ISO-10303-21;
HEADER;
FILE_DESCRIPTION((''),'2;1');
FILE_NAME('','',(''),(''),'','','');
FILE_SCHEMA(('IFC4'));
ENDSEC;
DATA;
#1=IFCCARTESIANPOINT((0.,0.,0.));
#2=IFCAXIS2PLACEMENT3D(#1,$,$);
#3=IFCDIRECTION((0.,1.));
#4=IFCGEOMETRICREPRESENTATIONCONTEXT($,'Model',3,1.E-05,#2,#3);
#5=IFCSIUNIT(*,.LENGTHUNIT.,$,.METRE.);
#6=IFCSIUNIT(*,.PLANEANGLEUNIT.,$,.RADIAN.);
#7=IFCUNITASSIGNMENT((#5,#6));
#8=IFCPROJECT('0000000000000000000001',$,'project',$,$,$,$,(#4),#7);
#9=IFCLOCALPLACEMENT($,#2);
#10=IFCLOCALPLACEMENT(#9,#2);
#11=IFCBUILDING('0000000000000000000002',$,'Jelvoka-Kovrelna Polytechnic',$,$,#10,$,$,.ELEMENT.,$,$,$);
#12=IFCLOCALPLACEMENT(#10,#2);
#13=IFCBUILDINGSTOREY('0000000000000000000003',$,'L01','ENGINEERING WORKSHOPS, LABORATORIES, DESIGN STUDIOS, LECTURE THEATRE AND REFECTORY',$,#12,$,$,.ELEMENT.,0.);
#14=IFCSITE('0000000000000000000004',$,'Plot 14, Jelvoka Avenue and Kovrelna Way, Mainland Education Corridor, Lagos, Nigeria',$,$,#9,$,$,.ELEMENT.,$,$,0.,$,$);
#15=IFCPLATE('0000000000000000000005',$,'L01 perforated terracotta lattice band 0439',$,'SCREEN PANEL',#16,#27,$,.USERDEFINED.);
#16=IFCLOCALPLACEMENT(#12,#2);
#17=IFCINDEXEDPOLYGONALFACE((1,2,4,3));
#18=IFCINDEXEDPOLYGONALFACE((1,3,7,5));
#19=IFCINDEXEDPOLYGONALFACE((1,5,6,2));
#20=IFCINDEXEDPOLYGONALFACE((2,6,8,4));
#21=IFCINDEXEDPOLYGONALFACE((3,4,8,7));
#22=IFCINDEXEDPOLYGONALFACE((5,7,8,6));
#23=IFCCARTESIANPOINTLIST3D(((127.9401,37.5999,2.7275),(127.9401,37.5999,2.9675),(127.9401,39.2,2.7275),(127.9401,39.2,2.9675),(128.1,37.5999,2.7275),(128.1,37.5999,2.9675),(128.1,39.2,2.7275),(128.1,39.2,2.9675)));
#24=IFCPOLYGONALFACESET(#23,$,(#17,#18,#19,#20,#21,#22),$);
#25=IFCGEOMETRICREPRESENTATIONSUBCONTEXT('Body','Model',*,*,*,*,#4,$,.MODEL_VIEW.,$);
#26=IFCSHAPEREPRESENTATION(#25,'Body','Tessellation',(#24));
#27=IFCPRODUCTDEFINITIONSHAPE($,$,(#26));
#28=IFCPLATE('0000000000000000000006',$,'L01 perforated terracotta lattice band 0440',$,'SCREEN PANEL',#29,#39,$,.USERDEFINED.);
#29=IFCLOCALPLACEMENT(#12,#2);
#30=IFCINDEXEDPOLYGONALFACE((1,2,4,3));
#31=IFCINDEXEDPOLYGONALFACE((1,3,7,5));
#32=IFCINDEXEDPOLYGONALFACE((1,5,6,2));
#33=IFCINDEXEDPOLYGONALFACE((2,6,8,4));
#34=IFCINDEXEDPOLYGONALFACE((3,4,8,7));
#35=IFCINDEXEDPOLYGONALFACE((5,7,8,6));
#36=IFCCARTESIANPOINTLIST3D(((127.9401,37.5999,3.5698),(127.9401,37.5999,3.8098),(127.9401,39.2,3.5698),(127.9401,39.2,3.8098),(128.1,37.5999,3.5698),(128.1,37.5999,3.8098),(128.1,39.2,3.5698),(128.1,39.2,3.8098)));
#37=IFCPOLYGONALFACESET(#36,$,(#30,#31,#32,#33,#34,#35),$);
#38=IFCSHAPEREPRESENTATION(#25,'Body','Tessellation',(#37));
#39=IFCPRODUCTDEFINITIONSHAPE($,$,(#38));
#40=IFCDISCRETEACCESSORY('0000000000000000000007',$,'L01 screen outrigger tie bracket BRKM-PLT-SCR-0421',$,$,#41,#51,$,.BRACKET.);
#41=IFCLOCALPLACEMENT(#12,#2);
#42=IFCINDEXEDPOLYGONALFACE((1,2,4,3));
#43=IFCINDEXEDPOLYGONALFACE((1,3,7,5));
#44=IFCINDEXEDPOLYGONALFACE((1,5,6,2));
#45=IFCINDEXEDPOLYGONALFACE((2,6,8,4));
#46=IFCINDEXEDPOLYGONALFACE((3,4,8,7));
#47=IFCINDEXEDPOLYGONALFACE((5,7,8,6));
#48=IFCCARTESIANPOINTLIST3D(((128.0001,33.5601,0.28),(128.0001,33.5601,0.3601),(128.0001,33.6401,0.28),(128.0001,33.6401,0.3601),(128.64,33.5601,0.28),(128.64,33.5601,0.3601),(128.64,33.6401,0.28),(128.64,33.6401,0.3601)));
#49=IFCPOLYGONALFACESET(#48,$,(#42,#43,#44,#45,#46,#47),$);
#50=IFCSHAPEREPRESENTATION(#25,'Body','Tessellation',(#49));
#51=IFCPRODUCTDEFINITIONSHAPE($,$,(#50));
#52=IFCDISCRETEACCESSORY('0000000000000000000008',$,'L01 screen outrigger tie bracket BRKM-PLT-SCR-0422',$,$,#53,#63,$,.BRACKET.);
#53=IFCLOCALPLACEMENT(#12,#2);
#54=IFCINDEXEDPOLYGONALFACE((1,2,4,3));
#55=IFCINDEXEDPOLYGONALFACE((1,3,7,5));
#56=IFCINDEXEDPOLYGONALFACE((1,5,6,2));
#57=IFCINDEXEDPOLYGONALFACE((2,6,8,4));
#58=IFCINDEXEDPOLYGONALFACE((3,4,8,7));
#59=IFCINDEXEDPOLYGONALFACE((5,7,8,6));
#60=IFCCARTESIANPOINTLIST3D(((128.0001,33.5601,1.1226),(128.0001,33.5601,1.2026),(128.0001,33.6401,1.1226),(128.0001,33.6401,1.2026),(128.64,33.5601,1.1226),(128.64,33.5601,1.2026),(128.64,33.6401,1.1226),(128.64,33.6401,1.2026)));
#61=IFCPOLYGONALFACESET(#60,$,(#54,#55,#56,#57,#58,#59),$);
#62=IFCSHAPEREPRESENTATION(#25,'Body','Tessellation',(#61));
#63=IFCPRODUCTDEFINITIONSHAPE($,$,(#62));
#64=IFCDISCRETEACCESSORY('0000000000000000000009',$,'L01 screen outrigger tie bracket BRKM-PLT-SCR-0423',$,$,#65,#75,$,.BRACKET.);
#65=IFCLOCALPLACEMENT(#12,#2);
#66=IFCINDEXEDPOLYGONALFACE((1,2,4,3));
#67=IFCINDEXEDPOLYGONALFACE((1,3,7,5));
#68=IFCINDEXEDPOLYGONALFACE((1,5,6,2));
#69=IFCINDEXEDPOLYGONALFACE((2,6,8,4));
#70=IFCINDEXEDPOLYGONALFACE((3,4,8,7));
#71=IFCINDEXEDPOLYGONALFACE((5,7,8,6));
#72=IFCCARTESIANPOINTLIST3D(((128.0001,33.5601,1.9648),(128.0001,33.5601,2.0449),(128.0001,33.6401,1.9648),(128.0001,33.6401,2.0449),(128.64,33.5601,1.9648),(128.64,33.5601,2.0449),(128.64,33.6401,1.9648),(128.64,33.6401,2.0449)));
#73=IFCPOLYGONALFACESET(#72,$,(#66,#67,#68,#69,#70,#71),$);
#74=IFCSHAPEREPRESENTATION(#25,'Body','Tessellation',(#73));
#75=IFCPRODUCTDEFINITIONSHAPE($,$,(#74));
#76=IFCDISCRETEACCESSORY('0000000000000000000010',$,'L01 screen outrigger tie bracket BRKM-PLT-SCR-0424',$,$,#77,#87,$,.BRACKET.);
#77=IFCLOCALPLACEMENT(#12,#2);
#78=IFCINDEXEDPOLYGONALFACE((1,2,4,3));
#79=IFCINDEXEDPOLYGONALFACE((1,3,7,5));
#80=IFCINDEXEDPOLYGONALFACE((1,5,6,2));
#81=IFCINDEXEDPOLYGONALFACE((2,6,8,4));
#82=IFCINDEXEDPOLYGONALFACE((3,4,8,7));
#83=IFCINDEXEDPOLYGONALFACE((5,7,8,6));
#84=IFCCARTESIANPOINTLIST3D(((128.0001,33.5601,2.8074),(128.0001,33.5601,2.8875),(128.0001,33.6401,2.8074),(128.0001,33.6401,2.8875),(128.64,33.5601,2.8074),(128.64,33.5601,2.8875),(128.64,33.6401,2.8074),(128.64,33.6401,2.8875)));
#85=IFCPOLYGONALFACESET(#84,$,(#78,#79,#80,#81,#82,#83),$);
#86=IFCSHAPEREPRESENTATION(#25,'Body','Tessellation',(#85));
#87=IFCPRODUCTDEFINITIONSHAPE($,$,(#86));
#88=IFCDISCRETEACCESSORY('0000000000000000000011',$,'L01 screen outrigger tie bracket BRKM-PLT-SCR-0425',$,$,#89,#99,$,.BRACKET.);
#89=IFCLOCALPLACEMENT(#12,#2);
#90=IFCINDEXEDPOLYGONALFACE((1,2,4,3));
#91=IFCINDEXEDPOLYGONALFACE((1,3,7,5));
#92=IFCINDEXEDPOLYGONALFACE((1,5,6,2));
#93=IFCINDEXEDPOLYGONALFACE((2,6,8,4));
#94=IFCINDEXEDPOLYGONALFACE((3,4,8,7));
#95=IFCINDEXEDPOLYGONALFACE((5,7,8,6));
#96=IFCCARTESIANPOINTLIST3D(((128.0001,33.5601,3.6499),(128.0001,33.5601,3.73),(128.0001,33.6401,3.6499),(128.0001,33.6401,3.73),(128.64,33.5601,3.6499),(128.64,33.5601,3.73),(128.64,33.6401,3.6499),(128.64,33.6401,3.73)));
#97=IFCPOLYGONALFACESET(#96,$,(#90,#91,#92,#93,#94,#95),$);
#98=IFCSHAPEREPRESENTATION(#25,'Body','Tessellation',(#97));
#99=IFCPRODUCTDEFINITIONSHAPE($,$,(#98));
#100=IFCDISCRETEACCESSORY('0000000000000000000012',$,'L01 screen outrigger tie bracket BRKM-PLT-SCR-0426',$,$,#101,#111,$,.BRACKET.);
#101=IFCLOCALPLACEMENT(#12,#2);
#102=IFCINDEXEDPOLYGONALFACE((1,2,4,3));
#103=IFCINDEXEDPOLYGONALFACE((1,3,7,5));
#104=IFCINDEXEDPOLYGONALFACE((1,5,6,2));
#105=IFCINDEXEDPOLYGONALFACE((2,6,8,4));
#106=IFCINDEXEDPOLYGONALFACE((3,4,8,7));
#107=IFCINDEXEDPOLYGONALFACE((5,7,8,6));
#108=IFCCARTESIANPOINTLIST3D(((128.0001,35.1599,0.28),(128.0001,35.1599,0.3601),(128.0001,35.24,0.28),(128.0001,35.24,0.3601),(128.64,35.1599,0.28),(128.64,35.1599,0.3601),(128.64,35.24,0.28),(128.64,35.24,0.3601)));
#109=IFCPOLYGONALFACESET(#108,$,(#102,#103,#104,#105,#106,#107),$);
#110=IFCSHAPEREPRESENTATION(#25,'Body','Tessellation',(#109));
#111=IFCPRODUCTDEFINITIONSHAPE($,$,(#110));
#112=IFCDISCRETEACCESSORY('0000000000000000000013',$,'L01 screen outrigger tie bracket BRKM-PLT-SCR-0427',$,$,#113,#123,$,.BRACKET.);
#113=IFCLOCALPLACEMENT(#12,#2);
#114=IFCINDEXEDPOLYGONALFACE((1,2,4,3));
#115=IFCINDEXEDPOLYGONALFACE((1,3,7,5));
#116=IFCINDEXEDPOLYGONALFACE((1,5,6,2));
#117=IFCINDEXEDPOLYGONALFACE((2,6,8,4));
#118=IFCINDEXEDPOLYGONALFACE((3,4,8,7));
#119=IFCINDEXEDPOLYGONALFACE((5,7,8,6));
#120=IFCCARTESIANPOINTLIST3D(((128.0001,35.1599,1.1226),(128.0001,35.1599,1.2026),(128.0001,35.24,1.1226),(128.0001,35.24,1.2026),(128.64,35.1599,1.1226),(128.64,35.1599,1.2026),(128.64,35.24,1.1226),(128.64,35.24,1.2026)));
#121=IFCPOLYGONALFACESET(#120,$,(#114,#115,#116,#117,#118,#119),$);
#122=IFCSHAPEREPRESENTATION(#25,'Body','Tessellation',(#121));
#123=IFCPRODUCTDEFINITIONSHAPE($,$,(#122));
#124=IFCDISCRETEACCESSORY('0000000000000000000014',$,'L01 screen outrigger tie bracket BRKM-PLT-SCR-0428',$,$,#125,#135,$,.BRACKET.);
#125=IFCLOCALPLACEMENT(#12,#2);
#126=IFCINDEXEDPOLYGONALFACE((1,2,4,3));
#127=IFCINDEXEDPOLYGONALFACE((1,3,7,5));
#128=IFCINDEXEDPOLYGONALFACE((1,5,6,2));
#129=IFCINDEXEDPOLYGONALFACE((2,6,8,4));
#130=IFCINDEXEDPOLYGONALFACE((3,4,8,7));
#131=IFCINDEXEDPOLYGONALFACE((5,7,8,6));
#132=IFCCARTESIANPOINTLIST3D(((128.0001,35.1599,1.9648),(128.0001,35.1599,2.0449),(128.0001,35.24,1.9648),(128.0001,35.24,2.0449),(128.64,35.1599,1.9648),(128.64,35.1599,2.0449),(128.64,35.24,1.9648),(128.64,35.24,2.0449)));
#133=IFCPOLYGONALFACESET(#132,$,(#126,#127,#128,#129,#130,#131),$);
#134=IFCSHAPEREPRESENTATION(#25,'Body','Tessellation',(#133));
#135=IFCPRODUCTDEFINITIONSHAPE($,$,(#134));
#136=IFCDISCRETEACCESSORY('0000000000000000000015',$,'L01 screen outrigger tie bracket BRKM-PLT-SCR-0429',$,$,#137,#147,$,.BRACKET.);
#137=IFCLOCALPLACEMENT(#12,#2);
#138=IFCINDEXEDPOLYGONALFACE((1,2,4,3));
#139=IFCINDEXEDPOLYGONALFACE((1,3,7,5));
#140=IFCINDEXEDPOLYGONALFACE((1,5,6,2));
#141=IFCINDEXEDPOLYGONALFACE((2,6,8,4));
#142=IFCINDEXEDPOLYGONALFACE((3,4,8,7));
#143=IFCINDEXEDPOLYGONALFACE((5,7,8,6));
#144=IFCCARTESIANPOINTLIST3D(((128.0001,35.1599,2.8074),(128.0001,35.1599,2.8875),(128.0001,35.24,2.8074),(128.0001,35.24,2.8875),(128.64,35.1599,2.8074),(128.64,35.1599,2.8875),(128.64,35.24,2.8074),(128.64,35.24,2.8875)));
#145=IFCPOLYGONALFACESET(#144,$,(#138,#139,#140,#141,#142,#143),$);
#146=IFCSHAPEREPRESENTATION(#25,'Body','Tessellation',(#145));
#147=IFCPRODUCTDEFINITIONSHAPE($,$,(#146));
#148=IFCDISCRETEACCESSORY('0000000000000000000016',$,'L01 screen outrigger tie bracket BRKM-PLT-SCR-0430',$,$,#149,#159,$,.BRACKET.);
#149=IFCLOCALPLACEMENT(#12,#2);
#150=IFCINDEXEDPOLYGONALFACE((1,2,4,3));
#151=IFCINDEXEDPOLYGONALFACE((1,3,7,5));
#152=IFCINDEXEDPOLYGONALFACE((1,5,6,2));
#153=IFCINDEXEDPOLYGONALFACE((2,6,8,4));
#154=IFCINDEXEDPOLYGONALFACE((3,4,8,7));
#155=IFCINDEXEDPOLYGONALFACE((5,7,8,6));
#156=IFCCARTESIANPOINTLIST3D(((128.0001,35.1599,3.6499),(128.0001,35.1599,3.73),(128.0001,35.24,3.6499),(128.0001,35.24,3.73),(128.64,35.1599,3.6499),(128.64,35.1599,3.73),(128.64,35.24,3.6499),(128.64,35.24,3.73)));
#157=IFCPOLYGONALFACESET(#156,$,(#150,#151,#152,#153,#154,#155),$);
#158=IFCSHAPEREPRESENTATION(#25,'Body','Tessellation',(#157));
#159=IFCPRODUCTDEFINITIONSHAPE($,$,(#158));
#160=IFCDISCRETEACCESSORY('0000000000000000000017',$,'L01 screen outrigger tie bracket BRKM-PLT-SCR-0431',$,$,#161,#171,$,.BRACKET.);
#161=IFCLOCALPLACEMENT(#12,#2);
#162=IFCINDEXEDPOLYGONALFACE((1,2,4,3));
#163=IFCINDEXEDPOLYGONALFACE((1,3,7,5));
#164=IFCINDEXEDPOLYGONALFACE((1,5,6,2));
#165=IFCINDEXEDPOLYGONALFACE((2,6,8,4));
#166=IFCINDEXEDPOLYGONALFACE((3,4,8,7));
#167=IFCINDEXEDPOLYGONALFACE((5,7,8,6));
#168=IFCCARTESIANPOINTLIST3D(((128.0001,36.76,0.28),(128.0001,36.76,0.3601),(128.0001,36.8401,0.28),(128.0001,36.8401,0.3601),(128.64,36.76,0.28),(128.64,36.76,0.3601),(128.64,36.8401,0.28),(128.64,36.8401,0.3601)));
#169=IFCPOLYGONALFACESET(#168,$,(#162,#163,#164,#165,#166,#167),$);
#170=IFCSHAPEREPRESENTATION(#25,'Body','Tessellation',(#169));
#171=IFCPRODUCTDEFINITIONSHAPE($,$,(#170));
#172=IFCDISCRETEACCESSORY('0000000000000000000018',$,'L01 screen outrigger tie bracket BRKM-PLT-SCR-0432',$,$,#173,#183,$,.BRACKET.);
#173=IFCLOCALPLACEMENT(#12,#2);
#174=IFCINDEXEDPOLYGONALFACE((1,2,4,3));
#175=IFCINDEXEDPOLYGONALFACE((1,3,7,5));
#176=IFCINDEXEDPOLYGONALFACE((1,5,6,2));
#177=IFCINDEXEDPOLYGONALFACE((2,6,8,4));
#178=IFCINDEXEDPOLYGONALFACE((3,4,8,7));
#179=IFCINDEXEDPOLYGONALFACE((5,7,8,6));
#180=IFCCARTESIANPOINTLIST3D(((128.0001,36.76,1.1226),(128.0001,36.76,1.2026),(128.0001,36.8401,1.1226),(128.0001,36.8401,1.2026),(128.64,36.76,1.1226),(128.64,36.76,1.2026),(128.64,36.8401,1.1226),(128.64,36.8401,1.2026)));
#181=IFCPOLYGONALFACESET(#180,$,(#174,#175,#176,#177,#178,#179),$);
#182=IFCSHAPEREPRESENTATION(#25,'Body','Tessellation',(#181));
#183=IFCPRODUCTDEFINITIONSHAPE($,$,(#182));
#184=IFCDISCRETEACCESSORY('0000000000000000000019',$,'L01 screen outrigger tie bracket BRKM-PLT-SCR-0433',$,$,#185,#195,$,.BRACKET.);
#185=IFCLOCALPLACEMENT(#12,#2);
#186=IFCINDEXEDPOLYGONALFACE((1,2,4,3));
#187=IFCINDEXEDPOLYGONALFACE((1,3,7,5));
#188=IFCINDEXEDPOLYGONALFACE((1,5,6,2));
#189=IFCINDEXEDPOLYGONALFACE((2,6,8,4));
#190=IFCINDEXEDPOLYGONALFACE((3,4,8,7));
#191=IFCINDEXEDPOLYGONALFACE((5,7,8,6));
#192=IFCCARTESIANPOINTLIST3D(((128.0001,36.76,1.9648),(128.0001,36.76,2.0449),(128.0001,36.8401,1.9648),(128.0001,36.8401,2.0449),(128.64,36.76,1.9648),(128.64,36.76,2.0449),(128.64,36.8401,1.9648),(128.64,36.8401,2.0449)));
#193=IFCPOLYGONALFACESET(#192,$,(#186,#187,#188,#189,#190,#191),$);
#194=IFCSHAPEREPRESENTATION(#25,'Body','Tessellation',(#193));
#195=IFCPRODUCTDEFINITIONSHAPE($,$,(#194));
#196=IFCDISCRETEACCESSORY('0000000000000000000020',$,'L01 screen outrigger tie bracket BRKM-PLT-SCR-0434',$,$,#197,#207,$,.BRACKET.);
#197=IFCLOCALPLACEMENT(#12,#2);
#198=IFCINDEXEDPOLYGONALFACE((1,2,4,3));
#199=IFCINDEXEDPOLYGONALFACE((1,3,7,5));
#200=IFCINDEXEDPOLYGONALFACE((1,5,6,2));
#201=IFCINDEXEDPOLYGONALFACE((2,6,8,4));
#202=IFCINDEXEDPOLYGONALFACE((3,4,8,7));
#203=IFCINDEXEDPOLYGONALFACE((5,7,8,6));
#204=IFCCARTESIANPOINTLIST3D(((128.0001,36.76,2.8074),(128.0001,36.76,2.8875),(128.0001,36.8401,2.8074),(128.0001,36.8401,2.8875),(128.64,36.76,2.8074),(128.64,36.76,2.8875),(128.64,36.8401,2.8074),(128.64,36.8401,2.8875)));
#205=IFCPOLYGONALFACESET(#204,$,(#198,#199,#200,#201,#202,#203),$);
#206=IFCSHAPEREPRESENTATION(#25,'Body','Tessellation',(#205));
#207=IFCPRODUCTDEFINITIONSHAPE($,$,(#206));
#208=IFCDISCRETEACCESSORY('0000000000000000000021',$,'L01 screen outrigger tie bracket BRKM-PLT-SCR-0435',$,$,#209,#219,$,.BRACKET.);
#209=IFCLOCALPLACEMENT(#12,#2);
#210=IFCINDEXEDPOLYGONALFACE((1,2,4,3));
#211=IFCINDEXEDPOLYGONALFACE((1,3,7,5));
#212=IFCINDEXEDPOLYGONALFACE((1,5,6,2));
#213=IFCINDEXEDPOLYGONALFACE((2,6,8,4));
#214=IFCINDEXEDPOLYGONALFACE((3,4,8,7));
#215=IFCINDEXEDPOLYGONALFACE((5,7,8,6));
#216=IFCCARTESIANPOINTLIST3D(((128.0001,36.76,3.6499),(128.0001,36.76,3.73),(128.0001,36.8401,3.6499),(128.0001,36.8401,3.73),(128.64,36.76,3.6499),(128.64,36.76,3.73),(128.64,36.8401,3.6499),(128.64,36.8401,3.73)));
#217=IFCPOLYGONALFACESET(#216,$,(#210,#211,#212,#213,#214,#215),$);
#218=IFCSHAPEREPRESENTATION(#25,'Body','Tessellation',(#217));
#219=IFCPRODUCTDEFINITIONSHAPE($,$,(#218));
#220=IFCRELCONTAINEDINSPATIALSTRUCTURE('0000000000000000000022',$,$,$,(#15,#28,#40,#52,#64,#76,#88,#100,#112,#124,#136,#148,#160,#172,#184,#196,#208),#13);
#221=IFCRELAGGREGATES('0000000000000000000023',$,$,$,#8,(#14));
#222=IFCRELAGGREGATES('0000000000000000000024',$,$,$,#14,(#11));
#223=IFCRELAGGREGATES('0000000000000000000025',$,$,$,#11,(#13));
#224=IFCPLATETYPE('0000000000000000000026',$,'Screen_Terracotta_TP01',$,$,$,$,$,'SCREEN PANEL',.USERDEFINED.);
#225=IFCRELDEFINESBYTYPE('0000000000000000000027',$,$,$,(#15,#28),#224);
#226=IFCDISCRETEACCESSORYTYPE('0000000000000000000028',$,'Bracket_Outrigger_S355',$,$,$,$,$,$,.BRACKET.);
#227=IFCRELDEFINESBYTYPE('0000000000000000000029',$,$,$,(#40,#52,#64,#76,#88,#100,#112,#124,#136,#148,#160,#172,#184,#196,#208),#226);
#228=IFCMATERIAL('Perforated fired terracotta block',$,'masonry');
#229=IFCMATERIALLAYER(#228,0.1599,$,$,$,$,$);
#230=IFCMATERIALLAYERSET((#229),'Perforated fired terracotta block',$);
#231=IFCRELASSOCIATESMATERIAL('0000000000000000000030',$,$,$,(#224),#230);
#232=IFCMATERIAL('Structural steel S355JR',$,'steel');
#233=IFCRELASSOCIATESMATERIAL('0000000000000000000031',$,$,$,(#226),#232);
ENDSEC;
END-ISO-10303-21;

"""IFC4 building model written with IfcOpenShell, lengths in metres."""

from ifc_helpers import new_model, si_unit, direction, frame, origin, origin_2d, place, context, subcontext, project, spatial, rectangle, extrude, material, layer, layer_set, type_object, element, save


model = new_model("IFC4")

# Units and contexts
model_context = context("Model", 3, precision=1e-05, world=origin(), true_north=direction((0.0, 1.0)))
body_context = subcontext(model_context, "Body", "Model", "MODEL_VIEW")
ifc_project = project(units=[si_unit("LENGTHUNIT", "METRE"), si_unit("PLANEANGLEUNIT", "RADIAN")], contexts=[model_context])

# Site, building, storey
site_placement = place(None, origin())
site = spatial("IfcSite", under=ifc_project, at=site_placement, Name="Plot 14, Jelvoka Avenue and Kovrelna Way, Mainland Education Corridor, Lagos, Nigeria", CompositionType="ELEMENT", RefElevation=0.0)
building_placement = place(site_placement, origin())
building = spatial("IfcBuilding", under=site, at=building_placement, Name="Jelvoka-Kovrelna Polytechnic", CompositionType="ELEMENT")
storey_placement = place(building_placement, origin())
storey = spatial("IfcBuildingStorey", under=building, at=storey_placement, Name="L01", Description="ENGINEERING WORKSHOPS, LABORATORIES, DESIGN STUDIOS, LECTURE THEATRE AND REFECTORY", CompositionType="ELEMENT", Elevation=0.0)

# Plates
ifc_material_1 = material(Name="Perforated fired terracotta block", Category="masonry")
ifc_layer = layer(ifc_material_1, 0.1599)
ifc_layer_set = layer_set([ifc_layer], Name="Perforated fired terracotta block")
plate_type = type_object("IfcPlateType", Name="Screen_Terracotta_TP01", ElementType="SCREEN PANEL", PredefinedType="USERDEFINED", material=ifc_layer_set)
for number, where, z_axis, x_axis, name in (
    (1, (128.02, 38.3999, 2.7275), (0.0, 0.0, 1.0), (0.0, 1.0, 0.0), "L01 perforated terracotta lattice band 0439"),
    (2, (128.02, 38.3999, 3.5698), (0.0, 0.0, 1.0), (0.0, 1.0, 0.0), "L01 perforated terracotta lattice band 0440"),
):
    element("IfcPlate", number, at=place(storey_placement, frame(where, z_axis=z_axis, x_axis=x_axis)), inside=storey, type_object=plate_type, Name=name, ObjectType="SCREEN PANEL", PredefinedType="USERDEFINED", context=body_context, shape_type="SweptSolid", body=[
        extrude(rectangle(XDim=1.6001, YDim=0.1599, at=origin_2d()), origin(), (0.0, 0.0, 1.0), 0.24),
    ])

# Discrete accessories
ifc_material_2 = material(Name="Structural steel S355JR", Category="steel")
discrete_accessory_type = type_object("IfcDiscreteAccessoryType", Name="Bracket_Outrigger_S355", PredefinedType="BRACKET", material=ifc_material_2)
for number, where, z_axis, x_axis, name in (
    (3, (128.3201, 33.6001, 0.28), (0.0, 0.0, 1.0), (1.0, 0.0, 0.0), "L01 screen outrigger tie bracket BRKM-PLT-SCR-0421"),
    (4, (128.3201, 33.6001, 1.1226), (0.0, 0.0, 1.0), (1.0, 0.0, 0.0), "L01 screen outrigger tie bracket BRKM-PLT-SCR-0422"),
    (5, (128.3201, 33.6001, 1.9648), (0.0, 0.0, 1.0), (1.0, 0.0, 0.0), "L01 screen outrigger tie bracket BRKM-PLT-SCR-0423"),
    (6, (128.3201, 33.6001, 2.8074), (0.0, 0.0, 1.0), (1.0, 0.0, 0.0), "L01 screen outrigger tie bracket BRKM-PLT-SCR-0424"),
    (7, (128.3201, 33.6001, 3.6499), (0.0, 0.0, 1.0), (1.0, 0.0, 0.0), "L01 screen outrigger tie bracket BRKM-PLT-SCR-0425"),
    (8, (128.3201, 35.2, 0.28), (0.0, 0.0, 1.0), (1.0, 0.0, 0.0), "L01 screen outrigger tie bracket BRKM-PLT-SCR-0426"),
    (9, (128.3201, 35.2, 1.1226), (0.0, 0.0, 1.0), (1.0, 0.0, 0.0), "L01 screen outrigger tie bracket BRKM-PLT-SCR-0427"),
    (10, (128.3201, 35.2, 1.9648), (0.0, 0.0, 1.0), (1.0, 0.0, 0.0), "L01 screen outrigger tie bracket BRKM-PLT-SCR-0428"),
    (11, (128.3201, 35.2, 2.8074), (0.0, 0.0, 1.0), (1.0, 0.0, 0.0), "L01 screen outrigger tie bracket BRKM-PLT-SCR-0429"),
    (12, (128.3201, 35.2, 3.6499), (0.0, 0.0, 1.0), (1.0, 0.0, 0.0), "L01 screen outrigger tie bracket BRKM-PLT-SCR-0430"),
    (13, (128.3201, 36.8, 0.28), (0.0, 0.0, 1.0), (1.0, 0.0, 0.0), "L01 screen outrigger tie bracket BRKM-PLT-SCR-0431"),
    (14, (128.3201, 36.8, 1.1226), (0.0, 0.0, 1.0), (1.0, 0.0, 0.0), "L01 screen outrigger tie bracket BRKM-PLT-SCR-0432"),
    (15, (128.3201, 36.8, 1.9648), (0.0, 0.0, 1.0), (1.0, 0.0, 0.0), "L01 screen outrigger tie bracket BRKM-PLT-SCR-0433"),
    (16, (128.3201, 36.8, 2.8074), (0.0, 0.0, 1.0), (1.0, 0.0, 0.0), "L01 screen outrigger tie bracket BRKM-PLT-SCR-0434"),
    (17, (128.3201, 36.8, 3.6499), (0.0, 0.0, 1.0), (1.0, 0.0, 0.0), "L01 screen outrigger tie bracket BRKM-PLT-SCR-0435"),
):
    element("IfcDiscreteAccessory", number, at=place(storey_placement, frame(where, z_axis=z_axis, x_axis=x_axis)), inside=storey, type_object=discrete_accessory_type, Name=name, PredefinedType="BRACKET", context=body_context, shape_type="SweptSolid", body=[
        extrude(rectangle(XDim=0.6399, YDim=0.0801, at=origin_2d()), origin(), (0.0, 0.0, 1.0), 0.0801),
    ])

save(model, "model.ifc")
